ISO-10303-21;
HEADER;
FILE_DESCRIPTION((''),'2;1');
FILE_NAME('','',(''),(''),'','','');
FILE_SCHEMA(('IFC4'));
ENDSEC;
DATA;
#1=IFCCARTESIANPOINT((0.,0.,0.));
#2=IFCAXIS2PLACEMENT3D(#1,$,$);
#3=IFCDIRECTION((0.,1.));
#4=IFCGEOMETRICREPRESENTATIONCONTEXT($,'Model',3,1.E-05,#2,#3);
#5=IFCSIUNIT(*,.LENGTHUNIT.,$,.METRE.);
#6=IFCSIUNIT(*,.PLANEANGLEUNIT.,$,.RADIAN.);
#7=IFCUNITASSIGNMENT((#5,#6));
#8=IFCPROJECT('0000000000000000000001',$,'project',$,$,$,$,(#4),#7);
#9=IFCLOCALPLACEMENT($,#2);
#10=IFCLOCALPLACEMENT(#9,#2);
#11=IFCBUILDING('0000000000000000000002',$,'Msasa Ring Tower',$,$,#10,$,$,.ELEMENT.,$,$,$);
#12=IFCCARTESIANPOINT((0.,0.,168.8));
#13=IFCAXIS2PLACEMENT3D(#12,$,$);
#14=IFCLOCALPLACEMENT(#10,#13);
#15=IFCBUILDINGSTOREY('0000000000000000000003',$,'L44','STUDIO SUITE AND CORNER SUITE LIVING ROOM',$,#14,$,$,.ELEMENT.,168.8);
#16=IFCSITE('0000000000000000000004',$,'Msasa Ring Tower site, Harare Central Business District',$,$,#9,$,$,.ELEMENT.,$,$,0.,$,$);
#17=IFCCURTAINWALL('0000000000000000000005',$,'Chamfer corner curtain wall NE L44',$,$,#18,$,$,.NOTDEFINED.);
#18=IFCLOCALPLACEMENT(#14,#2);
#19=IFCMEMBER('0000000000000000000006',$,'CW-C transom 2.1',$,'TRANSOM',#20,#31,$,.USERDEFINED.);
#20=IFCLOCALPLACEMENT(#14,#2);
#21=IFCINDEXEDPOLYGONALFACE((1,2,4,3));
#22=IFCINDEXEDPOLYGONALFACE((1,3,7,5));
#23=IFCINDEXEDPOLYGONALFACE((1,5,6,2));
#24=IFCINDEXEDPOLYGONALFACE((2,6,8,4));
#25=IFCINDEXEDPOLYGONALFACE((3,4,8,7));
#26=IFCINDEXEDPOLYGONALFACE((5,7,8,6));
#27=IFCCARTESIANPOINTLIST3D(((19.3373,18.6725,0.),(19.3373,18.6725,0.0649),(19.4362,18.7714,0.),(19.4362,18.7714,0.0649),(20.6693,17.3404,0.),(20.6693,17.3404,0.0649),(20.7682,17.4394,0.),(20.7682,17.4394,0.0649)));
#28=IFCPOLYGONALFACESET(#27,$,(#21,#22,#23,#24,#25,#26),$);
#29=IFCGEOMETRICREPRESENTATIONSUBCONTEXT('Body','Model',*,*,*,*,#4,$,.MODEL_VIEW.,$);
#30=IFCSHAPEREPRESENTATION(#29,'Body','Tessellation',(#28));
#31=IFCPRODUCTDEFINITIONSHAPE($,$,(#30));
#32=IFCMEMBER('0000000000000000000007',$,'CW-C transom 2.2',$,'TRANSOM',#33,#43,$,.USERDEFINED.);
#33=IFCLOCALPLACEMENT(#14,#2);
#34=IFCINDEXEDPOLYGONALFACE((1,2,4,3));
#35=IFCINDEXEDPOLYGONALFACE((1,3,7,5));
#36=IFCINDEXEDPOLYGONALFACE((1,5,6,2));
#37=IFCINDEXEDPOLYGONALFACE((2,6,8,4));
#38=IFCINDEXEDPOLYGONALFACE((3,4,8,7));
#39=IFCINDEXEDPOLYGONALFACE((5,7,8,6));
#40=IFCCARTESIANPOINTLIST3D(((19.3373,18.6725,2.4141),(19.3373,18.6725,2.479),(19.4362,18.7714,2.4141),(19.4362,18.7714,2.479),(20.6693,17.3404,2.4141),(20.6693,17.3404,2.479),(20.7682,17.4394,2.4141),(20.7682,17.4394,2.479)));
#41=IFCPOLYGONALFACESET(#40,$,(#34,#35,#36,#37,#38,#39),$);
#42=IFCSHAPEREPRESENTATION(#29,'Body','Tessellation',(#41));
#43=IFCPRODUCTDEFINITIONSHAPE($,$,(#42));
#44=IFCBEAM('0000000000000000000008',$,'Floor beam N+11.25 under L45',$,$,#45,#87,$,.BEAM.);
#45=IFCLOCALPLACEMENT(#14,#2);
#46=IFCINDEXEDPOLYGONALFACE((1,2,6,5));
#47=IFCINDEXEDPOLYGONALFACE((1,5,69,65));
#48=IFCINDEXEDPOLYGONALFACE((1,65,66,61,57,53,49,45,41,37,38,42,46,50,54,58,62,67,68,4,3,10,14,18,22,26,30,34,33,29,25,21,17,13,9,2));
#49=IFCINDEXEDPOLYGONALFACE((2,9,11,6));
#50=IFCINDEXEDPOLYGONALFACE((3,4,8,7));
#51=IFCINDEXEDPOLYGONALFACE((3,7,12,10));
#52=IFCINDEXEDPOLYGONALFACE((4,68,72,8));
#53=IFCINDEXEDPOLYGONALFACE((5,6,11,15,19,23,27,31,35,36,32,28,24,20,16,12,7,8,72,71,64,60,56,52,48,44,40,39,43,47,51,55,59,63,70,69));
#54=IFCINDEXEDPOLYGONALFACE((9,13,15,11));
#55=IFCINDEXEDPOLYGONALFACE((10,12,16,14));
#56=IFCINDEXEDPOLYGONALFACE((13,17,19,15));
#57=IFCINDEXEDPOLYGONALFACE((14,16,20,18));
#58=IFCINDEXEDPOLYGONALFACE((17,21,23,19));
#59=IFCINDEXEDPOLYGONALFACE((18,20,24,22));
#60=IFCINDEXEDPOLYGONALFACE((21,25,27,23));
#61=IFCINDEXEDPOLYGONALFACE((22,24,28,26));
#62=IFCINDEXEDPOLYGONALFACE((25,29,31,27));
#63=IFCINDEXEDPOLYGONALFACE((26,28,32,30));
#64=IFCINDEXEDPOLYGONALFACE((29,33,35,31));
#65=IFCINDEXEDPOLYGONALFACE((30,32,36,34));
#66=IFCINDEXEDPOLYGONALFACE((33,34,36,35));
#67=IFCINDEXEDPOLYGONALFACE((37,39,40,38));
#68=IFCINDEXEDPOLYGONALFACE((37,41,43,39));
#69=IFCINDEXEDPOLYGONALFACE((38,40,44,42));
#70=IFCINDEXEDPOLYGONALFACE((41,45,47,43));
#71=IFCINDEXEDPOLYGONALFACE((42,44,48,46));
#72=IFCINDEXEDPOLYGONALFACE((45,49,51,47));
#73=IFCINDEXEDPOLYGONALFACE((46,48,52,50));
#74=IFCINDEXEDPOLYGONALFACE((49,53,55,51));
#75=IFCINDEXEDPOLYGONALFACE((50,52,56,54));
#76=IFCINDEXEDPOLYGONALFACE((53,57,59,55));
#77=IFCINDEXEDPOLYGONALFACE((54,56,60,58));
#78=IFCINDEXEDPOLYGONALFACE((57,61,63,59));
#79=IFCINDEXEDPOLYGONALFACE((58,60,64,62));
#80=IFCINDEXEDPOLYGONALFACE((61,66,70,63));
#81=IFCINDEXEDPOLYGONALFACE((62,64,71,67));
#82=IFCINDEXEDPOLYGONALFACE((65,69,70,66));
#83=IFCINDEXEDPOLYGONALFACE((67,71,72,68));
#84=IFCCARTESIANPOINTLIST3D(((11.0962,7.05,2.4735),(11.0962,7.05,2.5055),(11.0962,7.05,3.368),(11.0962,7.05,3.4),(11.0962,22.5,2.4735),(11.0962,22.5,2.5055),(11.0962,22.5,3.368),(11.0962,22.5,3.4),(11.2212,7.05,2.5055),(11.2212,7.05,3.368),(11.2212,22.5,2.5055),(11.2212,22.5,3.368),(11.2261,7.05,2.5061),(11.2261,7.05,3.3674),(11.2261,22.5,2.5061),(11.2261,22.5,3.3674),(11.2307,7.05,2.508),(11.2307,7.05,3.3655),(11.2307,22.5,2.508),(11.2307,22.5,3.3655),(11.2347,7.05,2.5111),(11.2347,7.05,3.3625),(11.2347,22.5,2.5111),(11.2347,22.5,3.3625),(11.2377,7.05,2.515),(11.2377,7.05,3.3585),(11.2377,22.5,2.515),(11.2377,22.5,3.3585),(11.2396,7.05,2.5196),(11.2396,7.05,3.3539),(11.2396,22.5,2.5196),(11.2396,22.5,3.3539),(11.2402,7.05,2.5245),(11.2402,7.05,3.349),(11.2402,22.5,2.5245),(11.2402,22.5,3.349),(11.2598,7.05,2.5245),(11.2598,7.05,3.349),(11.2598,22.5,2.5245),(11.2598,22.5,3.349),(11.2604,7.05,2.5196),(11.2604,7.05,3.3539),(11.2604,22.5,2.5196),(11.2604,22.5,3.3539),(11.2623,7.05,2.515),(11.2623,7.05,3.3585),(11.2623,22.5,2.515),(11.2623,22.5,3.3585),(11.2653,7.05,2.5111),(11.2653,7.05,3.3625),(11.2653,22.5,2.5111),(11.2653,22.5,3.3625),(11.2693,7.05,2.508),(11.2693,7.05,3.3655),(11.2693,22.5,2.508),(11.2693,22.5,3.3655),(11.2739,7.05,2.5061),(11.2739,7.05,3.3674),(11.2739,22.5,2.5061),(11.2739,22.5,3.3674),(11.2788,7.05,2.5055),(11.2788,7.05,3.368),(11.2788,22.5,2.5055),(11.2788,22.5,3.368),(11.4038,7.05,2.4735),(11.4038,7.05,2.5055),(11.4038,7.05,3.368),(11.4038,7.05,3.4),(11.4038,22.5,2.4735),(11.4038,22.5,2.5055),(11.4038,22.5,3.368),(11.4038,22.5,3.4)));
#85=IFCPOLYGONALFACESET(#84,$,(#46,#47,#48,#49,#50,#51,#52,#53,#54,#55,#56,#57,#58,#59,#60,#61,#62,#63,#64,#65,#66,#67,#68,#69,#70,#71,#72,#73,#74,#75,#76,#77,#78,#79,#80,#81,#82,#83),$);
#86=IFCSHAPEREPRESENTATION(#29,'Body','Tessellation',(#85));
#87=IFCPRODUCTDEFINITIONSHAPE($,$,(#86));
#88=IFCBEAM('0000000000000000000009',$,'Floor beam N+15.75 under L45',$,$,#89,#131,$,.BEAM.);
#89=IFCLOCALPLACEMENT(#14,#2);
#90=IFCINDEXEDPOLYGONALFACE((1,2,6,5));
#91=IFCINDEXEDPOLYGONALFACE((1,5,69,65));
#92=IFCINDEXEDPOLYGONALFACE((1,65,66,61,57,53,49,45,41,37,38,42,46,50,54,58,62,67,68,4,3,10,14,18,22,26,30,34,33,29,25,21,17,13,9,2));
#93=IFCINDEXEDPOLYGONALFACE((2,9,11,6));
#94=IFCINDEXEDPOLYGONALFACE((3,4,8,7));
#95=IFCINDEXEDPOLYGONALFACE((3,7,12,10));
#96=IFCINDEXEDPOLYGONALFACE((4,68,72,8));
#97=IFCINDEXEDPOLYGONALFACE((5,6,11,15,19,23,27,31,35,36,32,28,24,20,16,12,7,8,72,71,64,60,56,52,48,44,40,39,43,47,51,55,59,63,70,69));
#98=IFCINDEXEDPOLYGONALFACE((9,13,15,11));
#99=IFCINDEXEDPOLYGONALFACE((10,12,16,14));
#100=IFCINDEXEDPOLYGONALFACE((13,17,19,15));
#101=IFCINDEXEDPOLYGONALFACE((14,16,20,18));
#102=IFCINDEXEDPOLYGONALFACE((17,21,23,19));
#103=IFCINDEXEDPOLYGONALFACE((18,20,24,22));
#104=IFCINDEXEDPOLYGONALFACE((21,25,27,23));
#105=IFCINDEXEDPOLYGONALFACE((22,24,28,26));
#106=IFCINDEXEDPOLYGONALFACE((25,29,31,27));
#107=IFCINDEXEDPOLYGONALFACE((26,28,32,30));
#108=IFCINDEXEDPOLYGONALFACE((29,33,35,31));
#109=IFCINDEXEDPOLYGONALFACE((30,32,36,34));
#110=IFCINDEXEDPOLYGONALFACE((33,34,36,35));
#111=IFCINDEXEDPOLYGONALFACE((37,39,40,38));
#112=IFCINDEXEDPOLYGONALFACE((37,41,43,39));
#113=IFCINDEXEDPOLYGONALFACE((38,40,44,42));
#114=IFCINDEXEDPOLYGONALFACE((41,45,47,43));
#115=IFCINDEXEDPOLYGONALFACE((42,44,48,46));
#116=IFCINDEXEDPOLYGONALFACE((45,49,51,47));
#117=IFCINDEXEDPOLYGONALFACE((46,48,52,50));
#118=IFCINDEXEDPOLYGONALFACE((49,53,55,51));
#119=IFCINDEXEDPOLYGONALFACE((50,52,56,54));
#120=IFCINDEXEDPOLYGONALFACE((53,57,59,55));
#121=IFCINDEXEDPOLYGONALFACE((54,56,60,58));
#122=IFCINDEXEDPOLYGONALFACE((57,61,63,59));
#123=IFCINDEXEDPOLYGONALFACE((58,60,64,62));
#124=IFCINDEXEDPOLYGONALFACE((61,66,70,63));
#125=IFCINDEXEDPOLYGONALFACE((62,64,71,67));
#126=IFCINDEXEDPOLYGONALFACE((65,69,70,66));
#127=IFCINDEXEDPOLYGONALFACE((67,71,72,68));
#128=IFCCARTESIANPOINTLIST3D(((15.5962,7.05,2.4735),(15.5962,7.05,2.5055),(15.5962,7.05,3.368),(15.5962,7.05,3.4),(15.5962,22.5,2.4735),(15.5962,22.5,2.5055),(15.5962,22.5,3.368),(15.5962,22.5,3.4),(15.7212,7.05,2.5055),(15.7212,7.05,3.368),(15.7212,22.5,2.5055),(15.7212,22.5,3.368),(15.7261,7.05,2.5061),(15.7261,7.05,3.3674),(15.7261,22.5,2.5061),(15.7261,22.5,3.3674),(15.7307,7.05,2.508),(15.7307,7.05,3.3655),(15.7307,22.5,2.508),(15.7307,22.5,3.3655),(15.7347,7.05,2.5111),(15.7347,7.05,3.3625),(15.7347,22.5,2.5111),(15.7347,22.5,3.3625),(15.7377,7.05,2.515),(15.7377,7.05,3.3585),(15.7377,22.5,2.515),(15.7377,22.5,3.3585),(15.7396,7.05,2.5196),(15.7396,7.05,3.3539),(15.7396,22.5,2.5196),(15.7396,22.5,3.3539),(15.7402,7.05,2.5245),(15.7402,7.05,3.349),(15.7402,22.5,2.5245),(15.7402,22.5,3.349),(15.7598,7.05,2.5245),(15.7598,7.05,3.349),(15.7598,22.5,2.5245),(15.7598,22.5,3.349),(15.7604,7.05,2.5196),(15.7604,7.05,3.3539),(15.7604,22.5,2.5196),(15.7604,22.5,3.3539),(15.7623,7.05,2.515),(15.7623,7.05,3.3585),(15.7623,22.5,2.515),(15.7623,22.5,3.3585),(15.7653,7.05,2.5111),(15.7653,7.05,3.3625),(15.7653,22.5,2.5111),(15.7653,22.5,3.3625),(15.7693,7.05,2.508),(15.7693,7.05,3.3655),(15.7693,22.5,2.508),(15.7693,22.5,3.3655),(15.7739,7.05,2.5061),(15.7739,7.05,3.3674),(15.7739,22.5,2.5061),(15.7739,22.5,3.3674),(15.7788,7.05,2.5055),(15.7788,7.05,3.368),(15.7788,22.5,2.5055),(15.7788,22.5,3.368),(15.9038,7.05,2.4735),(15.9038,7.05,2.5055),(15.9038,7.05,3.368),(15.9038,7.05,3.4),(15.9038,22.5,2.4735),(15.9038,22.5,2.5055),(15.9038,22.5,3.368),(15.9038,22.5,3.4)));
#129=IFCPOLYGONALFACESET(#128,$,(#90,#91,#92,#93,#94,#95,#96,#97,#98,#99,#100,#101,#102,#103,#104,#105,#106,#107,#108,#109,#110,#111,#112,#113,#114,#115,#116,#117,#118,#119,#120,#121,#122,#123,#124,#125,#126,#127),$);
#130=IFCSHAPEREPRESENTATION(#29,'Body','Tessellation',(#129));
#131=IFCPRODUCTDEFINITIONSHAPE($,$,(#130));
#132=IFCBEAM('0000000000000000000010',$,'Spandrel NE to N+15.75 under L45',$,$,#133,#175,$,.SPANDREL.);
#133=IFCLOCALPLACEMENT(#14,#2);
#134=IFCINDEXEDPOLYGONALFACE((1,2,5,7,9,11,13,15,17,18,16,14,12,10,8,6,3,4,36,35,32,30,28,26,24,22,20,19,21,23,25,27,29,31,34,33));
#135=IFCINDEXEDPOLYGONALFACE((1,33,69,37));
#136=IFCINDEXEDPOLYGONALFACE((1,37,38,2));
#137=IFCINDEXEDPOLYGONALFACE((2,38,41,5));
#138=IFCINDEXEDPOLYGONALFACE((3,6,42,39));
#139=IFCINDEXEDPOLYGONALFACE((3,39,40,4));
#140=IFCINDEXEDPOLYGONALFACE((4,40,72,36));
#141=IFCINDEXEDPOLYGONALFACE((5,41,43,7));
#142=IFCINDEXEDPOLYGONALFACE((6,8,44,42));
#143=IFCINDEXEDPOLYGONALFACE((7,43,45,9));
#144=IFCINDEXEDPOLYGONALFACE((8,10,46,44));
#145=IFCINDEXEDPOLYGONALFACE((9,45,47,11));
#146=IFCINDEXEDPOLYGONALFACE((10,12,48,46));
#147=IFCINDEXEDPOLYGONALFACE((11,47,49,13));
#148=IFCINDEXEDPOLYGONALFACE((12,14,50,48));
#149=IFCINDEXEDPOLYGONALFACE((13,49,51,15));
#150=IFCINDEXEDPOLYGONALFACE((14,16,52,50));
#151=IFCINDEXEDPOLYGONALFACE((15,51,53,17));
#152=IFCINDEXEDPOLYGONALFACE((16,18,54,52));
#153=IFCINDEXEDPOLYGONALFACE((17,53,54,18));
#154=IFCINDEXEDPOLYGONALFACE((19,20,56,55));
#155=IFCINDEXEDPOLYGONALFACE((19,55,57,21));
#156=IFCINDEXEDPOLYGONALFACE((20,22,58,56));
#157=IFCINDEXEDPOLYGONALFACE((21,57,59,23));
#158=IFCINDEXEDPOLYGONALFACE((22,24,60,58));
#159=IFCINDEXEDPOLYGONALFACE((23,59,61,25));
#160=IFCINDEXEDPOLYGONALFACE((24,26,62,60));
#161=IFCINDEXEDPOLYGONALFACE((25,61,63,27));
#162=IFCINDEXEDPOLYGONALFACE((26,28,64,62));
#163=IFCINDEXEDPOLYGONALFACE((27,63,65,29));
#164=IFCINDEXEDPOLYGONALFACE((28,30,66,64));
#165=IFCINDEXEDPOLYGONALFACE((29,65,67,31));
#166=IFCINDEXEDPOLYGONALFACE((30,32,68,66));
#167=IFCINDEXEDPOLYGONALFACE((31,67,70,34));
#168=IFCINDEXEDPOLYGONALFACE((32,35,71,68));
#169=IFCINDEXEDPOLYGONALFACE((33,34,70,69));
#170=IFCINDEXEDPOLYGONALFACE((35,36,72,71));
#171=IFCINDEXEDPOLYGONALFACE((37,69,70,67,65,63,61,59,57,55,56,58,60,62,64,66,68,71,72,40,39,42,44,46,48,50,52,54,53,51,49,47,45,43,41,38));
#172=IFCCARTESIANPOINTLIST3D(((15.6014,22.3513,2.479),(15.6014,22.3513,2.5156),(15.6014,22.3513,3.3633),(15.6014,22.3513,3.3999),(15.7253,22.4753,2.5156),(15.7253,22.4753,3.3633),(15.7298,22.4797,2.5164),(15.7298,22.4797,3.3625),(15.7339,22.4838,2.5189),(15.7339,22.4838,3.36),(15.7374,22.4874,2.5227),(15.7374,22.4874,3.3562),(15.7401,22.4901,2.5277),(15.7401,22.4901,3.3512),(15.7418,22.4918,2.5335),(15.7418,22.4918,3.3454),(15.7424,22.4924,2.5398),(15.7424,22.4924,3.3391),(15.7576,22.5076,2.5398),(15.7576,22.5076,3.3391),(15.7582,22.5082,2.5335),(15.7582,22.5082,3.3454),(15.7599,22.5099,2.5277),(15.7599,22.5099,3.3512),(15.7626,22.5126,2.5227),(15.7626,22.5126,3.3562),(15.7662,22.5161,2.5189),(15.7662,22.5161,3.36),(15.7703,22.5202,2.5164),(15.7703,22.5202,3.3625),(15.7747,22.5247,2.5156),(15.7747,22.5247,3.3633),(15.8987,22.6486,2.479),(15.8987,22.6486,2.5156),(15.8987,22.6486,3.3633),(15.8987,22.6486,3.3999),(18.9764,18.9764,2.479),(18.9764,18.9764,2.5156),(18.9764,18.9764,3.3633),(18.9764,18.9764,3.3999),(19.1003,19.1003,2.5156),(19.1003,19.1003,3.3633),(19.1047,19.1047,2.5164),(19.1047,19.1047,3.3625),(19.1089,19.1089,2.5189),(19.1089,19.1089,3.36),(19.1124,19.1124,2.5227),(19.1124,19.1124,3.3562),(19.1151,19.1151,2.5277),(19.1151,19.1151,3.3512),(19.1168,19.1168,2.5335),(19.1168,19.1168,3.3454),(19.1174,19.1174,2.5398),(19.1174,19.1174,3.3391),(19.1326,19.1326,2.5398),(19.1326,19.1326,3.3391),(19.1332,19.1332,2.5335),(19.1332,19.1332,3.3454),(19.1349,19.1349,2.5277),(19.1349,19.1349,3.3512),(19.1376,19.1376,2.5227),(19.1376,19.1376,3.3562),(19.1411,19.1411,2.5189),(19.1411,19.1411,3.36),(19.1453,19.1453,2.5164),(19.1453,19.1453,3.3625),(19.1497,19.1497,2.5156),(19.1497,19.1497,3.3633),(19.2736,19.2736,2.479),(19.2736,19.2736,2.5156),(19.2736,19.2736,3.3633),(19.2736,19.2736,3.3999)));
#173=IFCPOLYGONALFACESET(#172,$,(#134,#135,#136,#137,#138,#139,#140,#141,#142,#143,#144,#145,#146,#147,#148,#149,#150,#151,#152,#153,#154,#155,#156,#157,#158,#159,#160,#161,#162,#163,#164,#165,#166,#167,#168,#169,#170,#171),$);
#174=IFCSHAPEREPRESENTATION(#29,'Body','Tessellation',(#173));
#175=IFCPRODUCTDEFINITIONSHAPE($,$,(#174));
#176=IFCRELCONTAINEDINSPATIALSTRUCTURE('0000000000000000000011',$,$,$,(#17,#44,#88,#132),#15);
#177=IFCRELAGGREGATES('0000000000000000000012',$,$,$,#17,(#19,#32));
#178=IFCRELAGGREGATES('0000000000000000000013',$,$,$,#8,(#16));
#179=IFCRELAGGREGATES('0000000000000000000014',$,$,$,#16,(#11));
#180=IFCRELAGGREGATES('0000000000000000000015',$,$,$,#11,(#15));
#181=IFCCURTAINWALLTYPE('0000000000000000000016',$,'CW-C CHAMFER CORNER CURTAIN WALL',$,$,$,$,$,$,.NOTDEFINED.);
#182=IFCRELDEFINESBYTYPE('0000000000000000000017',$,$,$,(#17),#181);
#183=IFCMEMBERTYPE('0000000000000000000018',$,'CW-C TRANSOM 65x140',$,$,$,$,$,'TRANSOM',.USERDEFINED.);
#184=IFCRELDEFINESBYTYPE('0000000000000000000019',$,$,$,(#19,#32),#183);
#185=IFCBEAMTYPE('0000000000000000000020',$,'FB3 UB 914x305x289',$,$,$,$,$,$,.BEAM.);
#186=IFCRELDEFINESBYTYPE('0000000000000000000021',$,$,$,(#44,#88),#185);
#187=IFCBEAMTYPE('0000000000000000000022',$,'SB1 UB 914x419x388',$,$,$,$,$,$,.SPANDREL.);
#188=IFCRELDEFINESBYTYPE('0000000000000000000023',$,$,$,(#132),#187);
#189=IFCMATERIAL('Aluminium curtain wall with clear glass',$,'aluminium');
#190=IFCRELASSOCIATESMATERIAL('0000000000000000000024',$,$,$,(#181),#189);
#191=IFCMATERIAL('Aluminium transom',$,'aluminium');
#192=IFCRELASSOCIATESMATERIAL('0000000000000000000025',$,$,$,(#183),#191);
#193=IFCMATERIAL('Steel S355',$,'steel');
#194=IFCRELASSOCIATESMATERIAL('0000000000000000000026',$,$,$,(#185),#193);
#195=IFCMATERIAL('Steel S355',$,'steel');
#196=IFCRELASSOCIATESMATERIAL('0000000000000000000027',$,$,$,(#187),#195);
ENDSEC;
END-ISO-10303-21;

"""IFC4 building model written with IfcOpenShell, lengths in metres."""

from ifc_helpers import new_model, si_unit, direction, frame, origin, origin_2d, place, context, subcontext, project, spatial, rectangle, i_section, extrude, material, material_profile, profile_set, type_object, element, aggregate, save


model = new_model("IFC4")

# Units and contexts
model_context = context("Model", 3, precision=1e-05, world=origin(), true_north=direction((0.0, 1.0)))
body_context = subcontext(model_context, "Body", "Model", "MODEL_VIEW")
ifc_project = project(units=[si_unit("LENGTHUNIT", "METRE"), si_unit("PLANEANGLEUNIT", "RADIAN")], contexts=[model_context])

# Site, building, storey
site_placement = place(None, origin())
site = spatial("IfcSite", under=ifc_project, at=site_placement, Name="Msasa Ring Tower site, Harare Central Business District", CompositionType="ELEMENT", RefElevation=0.0)
building_placement = place(site_placement, origin())
building = spatial("IfcBuilding", under=site, at=building_placement, Name="Msasa Ring Tower", CompositionType="ELEMENT")
storey_placement = place(building_placement, frame((0.0, 0.0, 168.8)))
storey = spatial("IfcBuildingStorey", under=building, at=storey_placement, Name="L44", Description="STUDIO SUITE AND CORNER SUITE LIVING ROOM", CompositionType="ELEMENT", Elevation=168.8)

# Curtain wall
ifc_material_1 = material(Name="Aluminium curtain wall with clear glass", Category="aluminium")
curtain_wall_type = type_object("IfcCurtainWallType", Name="CW-C CHAMFER CORNER CURTAIN WALL", PredefinedType="NOTDEFINED", material=ifc_material_1)
curtain_wall_1_placement = place(storey_placement, origin())
curtain_wall_1 = element("IfcCurtainWall", 1, at=curtain_wall_1_placement, inside=storey, type_object=curtain_wall_type, Name="Chamfer corner curtain wall NE L44", PredefinedType="NOTDEFINED")

# Members
ifc_material_2 = material(Name="Aluminium transom", Category="aluminium")
ifc_material_profile_1 = material_profile(ifc_material_2, rectangle(XDim=0.1399, YDim=0.0649, at=origin_2d()), Name="AL 65x140")
ifc_profile_set_1 = profile_set([ifc_material_profile_1], Name="Aluminium transom")
member_type_1 = type_object("IfcMemberType", Name="CW-C TRANSOM 65x140", ElementType="TRANSOM", PredefinedType="USERDEFINED", material=ifc_profile_set_1)
member_1_placement = place(storey_placement, frame((20.7188, 17.3899, 0.0325), z_axis=(-0.707107, 0.707107, 0.0), x_axis=(-0.707107, -0.707107, 0.0)))
member_1 = element("IfcMember", 2, at=member_1_placement, type_object=member_type_1, Name="CW-C transom 2.1", ObjectType="TRANSOM", PredefinedType="USERDEFINED", context=body_context, shape_type="SweptSolid", body=[
    extrude(rectangle(XDim=0.1399, YDim=0.0649, at=origin_2d()), origin(), (0.0, 0.0, 1.0), 1.8838),
])
member_2_placement = place(storey_placement, frame((20.7188, 17.3899, 2.4465), z_axis=(-0.707107, 0.707107, 0.0), x_axis=(-0.707107, -0.707107, 0.0)))
member_2 = element("IfcMember", 3, at=member_2_placement, type_object=member_type_1, Name="CW-C transom 2.2", ObjectType="TRANSOM", PredefinedType="USERDEFINED", context=body_context, shape_type="SweptSolid", body=[
    extrude(rectangle(XDim=0.1399, YDim=0.0649, at=origin_2d()), origin(), (0.0, 0.0, 1.0), 1.8838),
])

# Beams
ifc_material_3 = material(Name="Steel S355", Category="steel")
ifc_material_profile_2 = material_profile(ifc_material_3, i_section(OverallWidth=0.3076, OverallDepth=0.9265, WebThickness=0.0195, FlangeThickness=0.032, FilletRadius=0.019, at=origin_2d()), Name="UB 914x305x289")
ifc_profile_set_2 = profile_set([ifc_material_profile_2], Name="Steel S355")
beam_type_1 = type_object("IfcBeamType", Name="FB3 UB 914x305x289", PredefinedType="BEAM", material=ifc_profile_set_2)
for number, where, z_axis, x_axis, name in (
    (4, (11.25, 22.5, 2.9368), (0.0, -1.0, 0.0), (1.0, 0.0, 0.0), "Floor beam N+11.25 under L45"),
    (5, (15.75, 22.5, 2.9368), (0.0, -1.0, 0.0), (1.0, 0.0, 0.0), "Floor beam N+15.75 under L45"),
):
    element("IfcBeam", number, at=place(storey_placement, frame(where, z_axis=z_axis, x_axis=x_axis)), inside=storey, type_object=beam_type_1, Name=name, PredefinedType="BEAM", context=body_context, shape_type="SweptSolid", body=[
        extrude(i_section(OverallWidth=0.3076, OverallDepth=0.9265, WebThickness=0.0195, FlangeThickness=0.032, FilletRadius=0.019, at=origin_2d()), origin(), (0.0, 0.0, 1.0), 15.45),
    ])
ifc_material_4 = material(Name="Steel S355", Category="steel")
ifc_material_profile_3 = material_profile(ifc_material_4, i_section(OverallWidth=0.4204, OverallDepth=0.9209, WebThickness=0.0215, FlangeThickness=0.0366, FilletRadius=0.0242, at=origin_2d()), Name="UB 914x419x388")
ifc_profile_set_3 = profile_set([ifc_material_profile_3], Name="Steel S355")
beam_type_2 = type_object("IfcBeamType", Name="SB1 UB 914x419x388", PredefinedType="SPANDREL", material=ifc_profile_set_3)
beam_1_placement = place(storey_placement, frame((19.125, 19.125, 2.9395), z_axis=(-0.707107, 0.707107, 0.0), x_axis=(-0.707107, -0.707107, 0.0)))
element("IfcBeam", 6, at=beam_1_placement, inside=storey, type_object=beam_type_2, Name="Spandrel NE to N+15.75 under L45", PredefinedType="SPANDREL", context=body_context, shape_type="SweptSolid", body=[
    extrude(i_section(OverallWidth=0.4204, OverallDepth=0.9209, WebThickness=0.0215, FlangeThickness=0.0366, FilletRadius=0.0242, at=origin_2d()), origin(), (0.0, 0.0, 1.0), 4.7729),
])

aggregate(curtain_wall_1, [member_1, member_2])

save(model, "model.ifc")
